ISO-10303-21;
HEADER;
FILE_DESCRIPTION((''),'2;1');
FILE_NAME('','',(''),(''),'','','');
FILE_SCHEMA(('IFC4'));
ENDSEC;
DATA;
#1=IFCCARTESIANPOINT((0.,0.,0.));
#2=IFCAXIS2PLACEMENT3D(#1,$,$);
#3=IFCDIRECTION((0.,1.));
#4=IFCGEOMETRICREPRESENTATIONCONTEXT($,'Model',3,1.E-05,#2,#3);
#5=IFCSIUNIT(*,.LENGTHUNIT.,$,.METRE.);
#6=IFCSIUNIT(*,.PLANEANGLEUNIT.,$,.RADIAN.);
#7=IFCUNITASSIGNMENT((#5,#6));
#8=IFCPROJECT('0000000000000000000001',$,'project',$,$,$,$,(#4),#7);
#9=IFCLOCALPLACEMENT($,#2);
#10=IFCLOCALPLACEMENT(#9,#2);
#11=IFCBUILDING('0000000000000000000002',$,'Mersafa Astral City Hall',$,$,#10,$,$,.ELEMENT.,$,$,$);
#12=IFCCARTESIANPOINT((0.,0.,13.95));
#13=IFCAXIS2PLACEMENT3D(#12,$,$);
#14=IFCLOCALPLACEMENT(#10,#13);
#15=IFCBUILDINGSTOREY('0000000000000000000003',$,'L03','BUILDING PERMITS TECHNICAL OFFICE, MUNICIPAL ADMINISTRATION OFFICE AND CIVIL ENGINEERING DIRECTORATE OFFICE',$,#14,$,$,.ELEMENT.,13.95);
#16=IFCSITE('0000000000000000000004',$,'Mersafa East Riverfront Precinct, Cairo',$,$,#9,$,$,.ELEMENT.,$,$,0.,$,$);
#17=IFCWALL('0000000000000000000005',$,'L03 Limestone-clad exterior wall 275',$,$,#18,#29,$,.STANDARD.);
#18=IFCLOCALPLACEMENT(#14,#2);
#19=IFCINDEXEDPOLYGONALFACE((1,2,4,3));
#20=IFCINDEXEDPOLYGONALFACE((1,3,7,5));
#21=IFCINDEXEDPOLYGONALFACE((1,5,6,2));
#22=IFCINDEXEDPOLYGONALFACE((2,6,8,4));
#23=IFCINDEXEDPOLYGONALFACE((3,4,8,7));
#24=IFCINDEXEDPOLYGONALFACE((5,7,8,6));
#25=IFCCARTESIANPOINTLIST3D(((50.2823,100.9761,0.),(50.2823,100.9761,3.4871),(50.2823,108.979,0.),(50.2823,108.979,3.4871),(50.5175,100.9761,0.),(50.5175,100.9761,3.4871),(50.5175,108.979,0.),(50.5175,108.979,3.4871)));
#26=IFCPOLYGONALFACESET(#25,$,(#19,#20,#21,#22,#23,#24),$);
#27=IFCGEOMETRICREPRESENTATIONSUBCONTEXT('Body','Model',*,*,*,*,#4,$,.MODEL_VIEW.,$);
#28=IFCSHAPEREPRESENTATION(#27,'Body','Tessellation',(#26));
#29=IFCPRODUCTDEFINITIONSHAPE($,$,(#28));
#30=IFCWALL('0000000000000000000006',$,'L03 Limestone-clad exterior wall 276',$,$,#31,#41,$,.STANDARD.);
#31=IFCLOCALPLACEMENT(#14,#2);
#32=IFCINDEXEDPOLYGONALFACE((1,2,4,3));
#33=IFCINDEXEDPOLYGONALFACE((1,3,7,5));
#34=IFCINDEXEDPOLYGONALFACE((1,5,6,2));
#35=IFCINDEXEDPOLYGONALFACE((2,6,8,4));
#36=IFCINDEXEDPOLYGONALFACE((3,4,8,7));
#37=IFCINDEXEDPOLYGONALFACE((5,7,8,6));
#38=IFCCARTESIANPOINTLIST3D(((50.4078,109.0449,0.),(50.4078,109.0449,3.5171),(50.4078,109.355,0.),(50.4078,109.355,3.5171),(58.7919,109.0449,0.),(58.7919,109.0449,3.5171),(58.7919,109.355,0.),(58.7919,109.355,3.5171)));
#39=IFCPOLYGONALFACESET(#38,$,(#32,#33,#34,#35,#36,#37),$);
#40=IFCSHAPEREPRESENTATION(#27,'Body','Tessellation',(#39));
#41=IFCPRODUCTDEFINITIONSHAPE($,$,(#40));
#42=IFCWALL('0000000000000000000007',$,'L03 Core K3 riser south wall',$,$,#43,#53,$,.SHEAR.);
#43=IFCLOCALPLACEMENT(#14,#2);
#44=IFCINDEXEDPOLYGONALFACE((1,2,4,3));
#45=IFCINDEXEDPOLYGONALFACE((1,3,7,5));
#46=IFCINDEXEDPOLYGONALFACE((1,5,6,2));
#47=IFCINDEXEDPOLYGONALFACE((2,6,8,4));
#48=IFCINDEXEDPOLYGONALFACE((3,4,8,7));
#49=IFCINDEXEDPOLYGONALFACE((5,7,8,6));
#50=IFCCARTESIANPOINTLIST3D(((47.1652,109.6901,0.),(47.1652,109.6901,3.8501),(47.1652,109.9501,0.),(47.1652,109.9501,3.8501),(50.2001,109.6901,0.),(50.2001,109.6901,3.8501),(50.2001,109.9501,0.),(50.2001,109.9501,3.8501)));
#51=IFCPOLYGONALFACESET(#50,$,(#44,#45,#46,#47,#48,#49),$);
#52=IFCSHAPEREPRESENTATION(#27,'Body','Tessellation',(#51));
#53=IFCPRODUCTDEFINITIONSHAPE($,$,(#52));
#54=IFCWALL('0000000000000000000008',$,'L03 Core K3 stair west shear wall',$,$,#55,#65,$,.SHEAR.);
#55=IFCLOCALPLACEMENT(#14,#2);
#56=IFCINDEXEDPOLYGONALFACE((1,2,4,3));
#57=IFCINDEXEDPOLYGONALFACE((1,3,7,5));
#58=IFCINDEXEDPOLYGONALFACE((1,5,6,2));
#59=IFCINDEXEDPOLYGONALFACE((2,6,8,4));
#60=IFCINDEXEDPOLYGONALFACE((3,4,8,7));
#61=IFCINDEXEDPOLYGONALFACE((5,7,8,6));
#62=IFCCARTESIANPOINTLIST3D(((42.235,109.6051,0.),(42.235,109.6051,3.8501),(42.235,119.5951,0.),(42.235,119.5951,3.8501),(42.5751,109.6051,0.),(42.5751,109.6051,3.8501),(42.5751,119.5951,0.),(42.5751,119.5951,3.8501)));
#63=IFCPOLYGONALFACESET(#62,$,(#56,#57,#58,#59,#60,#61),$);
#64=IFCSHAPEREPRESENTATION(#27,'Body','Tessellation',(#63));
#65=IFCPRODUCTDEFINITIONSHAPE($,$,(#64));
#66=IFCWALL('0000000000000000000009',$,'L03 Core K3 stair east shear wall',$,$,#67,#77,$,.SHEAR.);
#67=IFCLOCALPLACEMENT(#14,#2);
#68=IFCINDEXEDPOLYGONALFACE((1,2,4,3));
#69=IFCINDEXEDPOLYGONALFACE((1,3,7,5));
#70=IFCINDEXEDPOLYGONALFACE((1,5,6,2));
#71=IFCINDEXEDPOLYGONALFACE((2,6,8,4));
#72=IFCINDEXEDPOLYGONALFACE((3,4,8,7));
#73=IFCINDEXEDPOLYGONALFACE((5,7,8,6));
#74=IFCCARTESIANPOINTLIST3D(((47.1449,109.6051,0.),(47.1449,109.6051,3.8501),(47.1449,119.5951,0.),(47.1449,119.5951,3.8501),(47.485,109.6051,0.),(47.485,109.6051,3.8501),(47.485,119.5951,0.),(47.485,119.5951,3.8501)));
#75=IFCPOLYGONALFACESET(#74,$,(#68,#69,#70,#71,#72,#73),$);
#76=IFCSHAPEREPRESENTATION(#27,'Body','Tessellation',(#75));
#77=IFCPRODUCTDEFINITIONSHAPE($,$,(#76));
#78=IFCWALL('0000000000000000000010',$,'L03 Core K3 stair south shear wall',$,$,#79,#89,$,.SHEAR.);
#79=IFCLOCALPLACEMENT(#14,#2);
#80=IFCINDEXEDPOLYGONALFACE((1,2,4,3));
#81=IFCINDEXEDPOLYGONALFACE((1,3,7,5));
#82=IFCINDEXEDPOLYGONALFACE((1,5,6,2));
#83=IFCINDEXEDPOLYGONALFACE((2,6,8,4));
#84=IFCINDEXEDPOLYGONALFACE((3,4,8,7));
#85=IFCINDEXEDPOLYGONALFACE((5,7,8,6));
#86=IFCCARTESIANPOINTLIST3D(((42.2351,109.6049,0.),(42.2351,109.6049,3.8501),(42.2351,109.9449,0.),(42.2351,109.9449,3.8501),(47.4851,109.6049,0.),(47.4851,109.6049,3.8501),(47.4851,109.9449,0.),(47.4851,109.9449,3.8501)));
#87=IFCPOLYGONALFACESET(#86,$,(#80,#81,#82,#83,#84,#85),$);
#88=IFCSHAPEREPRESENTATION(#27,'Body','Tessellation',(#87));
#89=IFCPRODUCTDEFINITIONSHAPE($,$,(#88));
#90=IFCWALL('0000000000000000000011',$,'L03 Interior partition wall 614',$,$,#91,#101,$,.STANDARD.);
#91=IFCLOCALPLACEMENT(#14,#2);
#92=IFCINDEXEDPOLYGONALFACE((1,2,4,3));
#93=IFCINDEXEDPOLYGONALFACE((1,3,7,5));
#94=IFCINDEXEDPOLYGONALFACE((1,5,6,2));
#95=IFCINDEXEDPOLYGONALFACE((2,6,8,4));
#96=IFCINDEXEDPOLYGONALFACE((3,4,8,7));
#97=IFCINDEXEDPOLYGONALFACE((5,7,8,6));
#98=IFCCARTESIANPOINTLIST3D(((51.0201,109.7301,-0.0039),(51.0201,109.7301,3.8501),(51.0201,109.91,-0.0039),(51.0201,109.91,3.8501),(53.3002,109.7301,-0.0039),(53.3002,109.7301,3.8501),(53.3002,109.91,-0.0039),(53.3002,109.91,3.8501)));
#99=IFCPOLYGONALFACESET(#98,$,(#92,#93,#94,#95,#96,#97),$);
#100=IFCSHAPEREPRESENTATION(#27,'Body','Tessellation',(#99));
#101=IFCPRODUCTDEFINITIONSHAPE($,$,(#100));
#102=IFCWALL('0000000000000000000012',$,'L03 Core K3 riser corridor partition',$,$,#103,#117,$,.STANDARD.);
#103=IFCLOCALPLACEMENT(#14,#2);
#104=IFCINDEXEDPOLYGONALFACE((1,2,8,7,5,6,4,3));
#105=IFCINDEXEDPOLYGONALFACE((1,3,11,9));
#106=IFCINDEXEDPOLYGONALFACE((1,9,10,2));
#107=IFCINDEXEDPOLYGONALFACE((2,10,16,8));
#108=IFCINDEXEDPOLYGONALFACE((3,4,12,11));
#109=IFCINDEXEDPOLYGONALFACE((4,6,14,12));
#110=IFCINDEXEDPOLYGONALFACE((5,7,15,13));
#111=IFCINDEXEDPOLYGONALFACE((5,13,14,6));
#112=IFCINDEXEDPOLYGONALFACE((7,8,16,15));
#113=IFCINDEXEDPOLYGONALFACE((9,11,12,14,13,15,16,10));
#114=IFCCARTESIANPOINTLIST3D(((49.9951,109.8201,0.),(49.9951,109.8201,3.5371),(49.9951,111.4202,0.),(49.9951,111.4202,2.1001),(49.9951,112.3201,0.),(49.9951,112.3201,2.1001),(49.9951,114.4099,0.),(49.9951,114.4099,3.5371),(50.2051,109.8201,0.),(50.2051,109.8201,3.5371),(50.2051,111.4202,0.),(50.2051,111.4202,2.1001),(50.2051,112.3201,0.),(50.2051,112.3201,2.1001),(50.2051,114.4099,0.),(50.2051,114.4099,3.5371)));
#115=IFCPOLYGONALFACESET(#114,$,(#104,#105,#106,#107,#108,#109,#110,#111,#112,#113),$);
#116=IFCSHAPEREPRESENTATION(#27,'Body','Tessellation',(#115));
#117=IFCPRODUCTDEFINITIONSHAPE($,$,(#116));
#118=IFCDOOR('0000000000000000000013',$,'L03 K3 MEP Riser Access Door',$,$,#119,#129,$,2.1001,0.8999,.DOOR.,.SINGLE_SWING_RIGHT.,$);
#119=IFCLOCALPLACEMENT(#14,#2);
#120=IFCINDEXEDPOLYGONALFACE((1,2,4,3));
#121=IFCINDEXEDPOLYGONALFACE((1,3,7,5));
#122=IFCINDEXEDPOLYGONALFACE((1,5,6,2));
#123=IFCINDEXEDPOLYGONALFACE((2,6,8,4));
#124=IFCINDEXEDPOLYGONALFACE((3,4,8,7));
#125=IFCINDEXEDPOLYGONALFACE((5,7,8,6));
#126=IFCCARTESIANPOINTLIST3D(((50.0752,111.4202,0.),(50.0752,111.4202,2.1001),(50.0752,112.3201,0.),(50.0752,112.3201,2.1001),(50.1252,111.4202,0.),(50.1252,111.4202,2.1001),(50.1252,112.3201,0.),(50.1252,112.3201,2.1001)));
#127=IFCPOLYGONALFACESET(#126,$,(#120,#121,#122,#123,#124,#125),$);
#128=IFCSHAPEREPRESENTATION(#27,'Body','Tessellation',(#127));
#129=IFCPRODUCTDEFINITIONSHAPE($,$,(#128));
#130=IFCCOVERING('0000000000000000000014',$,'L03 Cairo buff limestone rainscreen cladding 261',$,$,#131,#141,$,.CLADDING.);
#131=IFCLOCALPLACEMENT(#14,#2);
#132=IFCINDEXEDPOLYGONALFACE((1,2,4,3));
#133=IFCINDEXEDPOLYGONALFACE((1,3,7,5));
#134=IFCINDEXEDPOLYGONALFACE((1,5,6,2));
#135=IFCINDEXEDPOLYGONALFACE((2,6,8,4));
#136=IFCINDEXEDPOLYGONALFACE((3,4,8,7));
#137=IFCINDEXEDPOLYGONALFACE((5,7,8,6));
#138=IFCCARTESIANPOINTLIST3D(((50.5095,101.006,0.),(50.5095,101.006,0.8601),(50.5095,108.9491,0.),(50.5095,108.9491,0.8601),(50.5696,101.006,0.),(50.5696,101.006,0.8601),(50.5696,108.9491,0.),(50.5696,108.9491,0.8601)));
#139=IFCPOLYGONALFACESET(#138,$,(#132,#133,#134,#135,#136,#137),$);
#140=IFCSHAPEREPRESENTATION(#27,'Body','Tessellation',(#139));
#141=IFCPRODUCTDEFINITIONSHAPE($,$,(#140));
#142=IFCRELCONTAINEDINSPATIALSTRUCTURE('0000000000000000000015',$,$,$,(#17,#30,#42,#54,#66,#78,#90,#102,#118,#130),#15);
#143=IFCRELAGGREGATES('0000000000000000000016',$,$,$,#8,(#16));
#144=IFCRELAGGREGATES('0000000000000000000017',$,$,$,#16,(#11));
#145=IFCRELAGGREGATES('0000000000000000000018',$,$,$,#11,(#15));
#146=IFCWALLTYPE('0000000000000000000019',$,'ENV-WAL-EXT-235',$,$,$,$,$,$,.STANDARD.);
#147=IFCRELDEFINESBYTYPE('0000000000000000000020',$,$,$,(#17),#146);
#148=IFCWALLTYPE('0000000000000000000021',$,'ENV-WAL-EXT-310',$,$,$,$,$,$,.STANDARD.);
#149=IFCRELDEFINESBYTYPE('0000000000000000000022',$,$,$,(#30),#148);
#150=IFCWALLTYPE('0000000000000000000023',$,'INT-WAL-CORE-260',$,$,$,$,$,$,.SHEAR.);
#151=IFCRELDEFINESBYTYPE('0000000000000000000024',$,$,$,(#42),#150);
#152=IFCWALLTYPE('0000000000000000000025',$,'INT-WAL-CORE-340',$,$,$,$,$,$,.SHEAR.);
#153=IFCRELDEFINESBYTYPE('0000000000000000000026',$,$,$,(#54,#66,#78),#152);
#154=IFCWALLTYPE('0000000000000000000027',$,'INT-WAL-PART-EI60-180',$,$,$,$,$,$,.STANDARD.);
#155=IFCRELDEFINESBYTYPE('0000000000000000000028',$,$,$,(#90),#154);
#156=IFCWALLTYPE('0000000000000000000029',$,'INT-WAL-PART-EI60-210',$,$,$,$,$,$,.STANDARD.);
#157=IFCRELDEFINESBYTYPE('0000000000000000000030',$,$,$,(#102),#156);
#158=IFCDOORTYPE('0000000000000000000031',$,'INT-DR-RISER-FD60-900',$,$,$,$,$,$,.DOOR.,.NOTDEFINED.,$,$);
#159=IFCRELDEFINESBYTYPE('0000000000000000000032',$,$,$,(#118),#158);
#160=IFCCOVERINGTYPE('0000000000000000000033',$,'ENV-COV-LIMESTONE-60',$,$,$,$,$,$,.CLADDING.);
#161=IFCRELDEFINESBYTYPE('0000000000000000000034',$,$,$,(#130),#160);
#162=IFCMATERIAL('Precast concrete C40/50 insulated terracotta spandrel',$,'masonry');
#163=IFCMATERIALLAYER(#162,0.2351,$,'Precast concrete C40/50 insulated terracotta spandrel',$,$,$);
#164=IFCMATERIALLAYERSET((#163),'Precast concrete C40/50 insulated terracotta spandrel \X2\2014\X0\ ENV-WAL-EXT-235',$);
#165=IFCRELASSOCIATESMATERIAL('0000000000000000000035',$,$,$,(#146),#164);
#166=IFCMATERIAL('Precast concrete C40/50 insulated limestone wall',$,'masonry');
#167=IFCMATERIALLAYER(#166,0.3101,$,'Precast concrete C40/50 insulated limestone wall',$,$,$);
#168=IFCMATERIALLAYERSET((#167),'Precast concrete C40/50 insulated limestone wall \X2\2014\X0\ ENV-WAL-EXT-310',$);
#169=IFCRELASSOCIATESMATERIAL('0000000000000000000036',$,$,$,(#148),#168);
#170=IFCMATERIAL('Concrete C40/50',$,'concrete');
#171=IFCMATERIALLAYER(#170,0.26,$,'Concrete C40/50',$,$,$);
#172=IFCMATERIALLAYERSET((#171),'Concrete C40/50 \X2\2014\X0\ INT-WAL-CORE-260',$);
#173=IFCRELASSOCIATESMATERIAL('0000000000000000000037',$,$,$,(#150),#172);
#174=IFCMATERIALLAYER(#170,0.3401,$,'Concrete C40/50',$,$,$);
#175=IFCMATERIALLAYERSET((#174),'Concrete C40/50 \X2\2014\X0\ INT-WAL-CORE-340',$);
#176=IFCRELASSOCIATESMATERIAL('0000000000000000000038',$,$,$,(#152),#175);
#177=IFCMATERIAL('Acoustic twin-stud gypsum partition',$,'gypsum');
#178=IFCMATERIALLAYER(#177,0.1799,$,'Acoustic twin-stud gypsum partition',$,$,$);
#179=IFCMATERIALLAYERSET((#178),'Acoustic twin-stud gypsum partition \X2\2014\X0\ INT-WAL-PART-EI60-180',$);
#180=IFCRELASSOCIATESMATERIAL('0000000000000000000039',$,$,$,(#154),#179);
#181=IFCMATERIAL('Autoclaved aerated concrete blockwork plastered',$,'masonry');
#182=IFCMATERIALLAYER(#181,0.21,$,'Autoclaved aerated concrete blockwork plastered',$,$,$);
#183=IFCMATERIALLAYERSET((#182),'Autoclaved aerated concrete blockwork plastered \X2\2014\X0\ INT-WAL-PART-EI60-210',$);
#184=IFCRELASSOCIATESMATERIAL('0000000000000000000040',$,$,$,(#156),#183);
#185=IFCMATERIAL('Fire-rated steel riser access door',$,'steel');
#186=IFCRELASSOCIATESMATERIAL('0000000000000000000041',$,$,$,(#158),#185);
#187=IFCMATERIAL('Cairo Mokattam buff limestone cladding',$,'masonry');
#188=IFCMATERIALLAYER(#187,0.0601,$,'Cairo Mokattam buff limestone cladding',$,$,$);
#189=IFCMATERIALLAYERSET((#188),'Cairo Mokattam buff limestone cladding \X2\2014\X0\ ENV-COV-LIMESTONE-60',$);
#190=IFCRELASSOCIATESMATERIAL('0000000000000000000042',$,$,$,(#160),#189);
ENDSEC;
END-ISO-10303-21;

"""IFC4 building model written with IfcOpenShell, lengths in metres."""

from ifc_helpers import new_model, si_unit, direction, frame, frame_2d, origin, origin_2d, place, context, subcontext, project, spatial, rectangle, extrude, material, layer, layer_set, type_object, element, fill, save


model = new_model("IFC4")

# Units and contexts
model_context = context("Model", 3, precision=1e-05, world=origin(), true_north=direction((0.0, 1.0)))
body_context = subcontext(model_context, "Body", "Model", "MODEL_VIEW")
ifc_project = project(units=[si_unit("LENGTHUNIT", "METRE"), si_unit("PLANEANGLEUNIT", "RADIAN")], contexts=[model_context])

# Site, building, storey
site_placement = place(None, origin())
site = spatial("IfcSite", under=ifc_project, at=site_placement, Name="Mersafa East Riverfront Precinct, Cairo", CompositionType="ELEMENT", RefElevation=0.0)
building_placement = place(site_placement, origin())
building = spatial("IfcBuilding", under=site, at=building_placement, Name="Mersafa Astral City Hall", CompositionType="ELEMENT")
storey_placement = place(building_placement, frame((0.0, 0.0, 13.95)))
storey = spatial("IfcBuildingStorey", under=building, at=storey_placement, Name="L03", Description="BUILDING PERMITS TECHNICAL OFFICE, MUNICIPAL ADMINISTRATION OFFICE AND CIVIL ENGINEERING DIRECTORATE OFFICE", CompositionType="ELEMENT", Elevation=13.95)

# Walls
ifc_material_1 = material(Name="Precast concrete C40/50 insulated terracotta spandrel", Category="masonry")
ifc_layer_1 = layer(ifc_material_1, 0.2351, Name="Precast concrete C40/50 insulated terracotta spandrel")
ifc_layer_set_1 = layer_set([ifc_layer_1], Name="Precast concrete C40/50 insulated terracotta spandrel — ENV-WAL-EXT-235")
wall_type_1 = type_object("IfcWallType", Name="ENV-WAL-EXT-235", PredefinedType="STANDARD", material=ifc_layer_set_1)
wall_1_placement = place(storey_placement, frame((50.3999, 100.9761, 0.0), z_axis=(0.0, 0.0, 1.0), x_axis=(0.0, 1.0, 0.0)))
element("IfcWall", 1, at=wall_1_placement, inside=storey, type_object=wall_type_1, Name="L03 Limestone-clad exterior wall 275", PredefinedType="STANDARD", context=body_context, shape_type="SweptSolid", body=[
    extrude(rectangle(XDim=8.0029, YDim=0.2351, at=frame_2d((4.0015, 0.0))), origin(), (0.0, 0.0, 1.0), 3.4871),
])
ifc_material_2 = material(Name="Precast concrete C40/50 insulated limestone wall", Category="masonry")
ifc_layer_2 = layer(ifc_material_2, 0.3101, Name="Precast concrete C40/50 insulated limestone wall")
ifc_layer_set_2 = layer_set([ifc_layer_2], Name="Precast concrete C40/50 insulated limestone wall — ENV-WAL-EXT-310")
wall_type_2 = type_object("IfcWallType", Name="ENV-WAL-EXT-310", PredefinedType="STANDARD", material=ifc_layer_set_2)
wall_2_placement = place(storey_placement, frame((50.408, 109.2, 0.0), z_axis=(0.0, 0.0, 1.0), x_axis=(1.0, 0.0, 0.0)))
element("IfcWall", 2, at=wall_2_placement, inside=storey, type_object=wall_type_2, Name="L03 Limestone-clad exterior wall 276", PredefinedType="STANDARD", context=body_context, shape_type="SweptSolid", body=[
    extrude(rectangle(XDim=8.384, YDim=0.3101, at=frame_2d((4.1919, 0.0))), origin(), (0.0, 0.0, 1.0), 3.5171),
])
ifc_material_3 = material(Name="Concrete C40/50", Category="concrete")
ifc_layer_3 = layer(ifc_material_3, 0.26, Name="Concrete C40/50")
ifc_layer_set_3 = layer_set([ifc_layer_3], Name="Concrete C40/50 — INT-WAL-CORE-260")
wall_type_3 = type_object("IfcWallType", Name="INT-WAL-CORE-260", PredefinedType="SHEAR", material=ifc_layer_set_3)
wall_3_placement = place(storey_placement, frame((47.165, 109.8201, 0.0), z_axis=(0.0, 0.0, 1.0), x_axis=(1.0, 0.0, 0.0)))
element("IfcWall", 3, at=wall_3_placement, inside=storey, type_object=wall_type_3, Name="L03 Core K3 riser south wall", PredefinedType="SHEAR", context=body_context, shape_type="SweptSolid", body=[
    extrude(rectangle(XDim=3.0349, YDim=0.26, at=frame_2d((1.5176, 0.0))), origin(), (0.0, 0.0, 1.0), 3.8501),
])
ifc_layer_4 = layer(ifc_material_3, 0.3401, Name="Concrete C40/50")
ifc_layer_set_4 = layer_set([ifc_layer_4], Name="Concrete C40/50 — INT-WAL-CORE-340")
wall_type_4 = type_object("IfcWallType", Name="INT-WAL-CORE-340", PredefinedType="SHEAR", material=ifc_layer_set_4)
for number, where, z_axis, x_axis, name in (
    (4, (42.405, 109.605, 0.0), (0.0, 0.0, 1.0), (0.0, 1.0, 0.0), "L03 Core K3 stair west shear wall"),
    (5, (47.3149, 109.605, 0.0), (0.0, 0.0, 1.0), (0.0, 1.0, 0.0), "L03 Core K3 stair east shear wall"),
):
    element("IfcWall", number, at=place(storey_placement, frame(where, z_axis=z_axis, x_axis=x_axis)), inside=storey, type_object=wall_type_4, Name=name, PredefinedType="SHEAR", context=body_context, shape_type="SweptSolid", body=[
        extrude(rectangle(XDim=9.99, YDim=0.3401, at=frame_2d((4.9951, 0.0))), origin(), (0.0, 0.0, 1.0), 3.8501),
    ])
wall_4_placement = place(storey_placement, frame((42.2351, 109.7749, 0.0), z_axis=(0.0, 0.0, 1.0), x_axis=(1.0, 0.0, 0.0)))
element("IfcWall", 6, at=wall_4_placement, inside=storey, type_object=wall_type_4, Name="L03 Core K3 stair south shear wall", PredefinedType="SHEAR", context=body_context, shape_type="SweptSolid", body=[
    extrude(rectangle(XDim=5.25, YDim=0.3401, at=frame_2d((2.625, 0.0))), origin(), (0.0, 0.0, 1.0), 3.8501),
])
ifc_material_4 = material(Name="Acoustic twin-stud gypsum partition", Category="gypsum")
ifc_layer_5 = layer(ifc_material_4, 0.1799, Name="Acoustic twin-stud gypsum partition")
ifc_layer_set_5 = layer_set([ifc_layer_5], Name="Acoustic twin-stud gypsum partition — INT-WAL-PART-EI60-180")
wall_type_5 = type_object("IfcWallType", Name="INT-WAL-PART-EI60-180", PredefinedType="STANDARD", material=ifc_layer_set_5)
wall_5_placement = place(storey_placement, frame((51.02, 109.8201, -0.0039), z_axis=(0.0, 0.0, 1.0), x_axis=(1.0, 0.0, 0.0)))
element("IfcWall", 7, at=wall_5_placement, inside=storey, type_object=wall_type_5, Name="L03 Interior partition wall 614", PredefinedType="STANDARD", context=body_context, shape_type="SweptSolid", body=[
    extrude(rectangle(XDim=2.28, YDim=0.1799, at=frame_2d((1.1401, 0.0))), origin(), (0.0, 0.0, 1.0), 3.854),
])

# Wall, opening, door
ifc_material_5 = material(Name="Autoclaved aerated concrete blockwork plastered", Category="masonry")
ifc_layer_6 = layer(ifc_material_5, 0.21, Name="Autoclaved aerated concrete blockwork plastered")
ifc_layer_set_6 = layer_set([ifc_layer_6], Name="Autoclaved aerated concrete blockwork plastered — INT-WAL-PART-EI60-210")
wall_type_6 = type_object("IfcWallType", Name="INT-WAL-PART-EI60-210", PredefinedType="STANDARD", material=ifc_layer_set_6)
wall_6_placement = place(storey_placement, frame((50.1001, 109.8201, 0.0), z_axis=(0.0, 0.0, 1.0), x_axis=(0.0, 1.0, 0.0)))
wall_6 = element("IfcWall", 8, at=wall_6_placement, inside=storey, type_object=wall_type_6, Name="L03 Core K3 riser corridor partition", PredefinedType="STANDARD", context=body_context, shape_type="SweptSolid", body=[
    extrude(rectangle(XDim=4.5898, YDim=0.21, at=frame_2d((2.2949, 0.0))), origin(), (0.0, 0.0, 1.0), 3.5371),
])
opening_placement = place(wall_6_placement, frame((1.6001, 0.0, 0.0)))
opening = element("IfcOpeningElement", 9, at=opening_placement, cuts=wall_6, PredefinedType="OPENING", context=body_context, shape_type="SweptSolid", body=[
    extrude(rectangle(XDim=0.8999, YDim=2.1001, at=frame_2d((0.45, 1.05))), frame((0.0, 0.115, 0.0), z_axis=(0.0, -1.0, 0.0), x_axis=(1.0, 0.0, 0.0)), (0.0, 0.0, 1.0), 0.23),
])
ifc_material_6 = material(Name="Fire-rated steel riser access door", Category="steel")
door_type = type_object("IfcDoorType", Name="INT-DR-RISER-FD60-900", OperationType="NOTDEFINED", PredefinedType="DOOR", material=ifc_material_6)
door_placement = place(opening_placement, origin())
door = element("IfcDoor", 10, at=door_placement, inside=storey, type_object=door_type, Name="L03 K3 MEP Riser Access Door", OperationType="SINGLE_SWING_RIGHT", OverallHeight=2.1001, OverallWidth=0.8999, PredefinedType="DOOR", context=body_context, shape_type="SweptSolid", body=[
    extrude(rectangle(XDim=0.8999, YDim=2.1001, at=frame_2d((0.45, 1.05))), frame((0.0, 0.0249, 0.0), z_axis=(0.0, -1.0, 0.0), x_axis=(1.0, 0.0, 0.0)), (0.0, 0.0, 1.0), 0.05),
])
fill(opening, door)

# Covering
ifc_material_7 = material(Name="Cairo Mokattam buff limestone cladding", Category="masonry")
ifc_layer_7 = layer(ifc_material_7, 0.0601, Name="Cairo Mokattam buff limestone cladding")
ifc_layer_set_7 = layer_set([ifc_layer_7], Name="Cairo Mokattam buff limestone cladding — ENV-COV-LIMESTONE-60")
covering_type = type_object("IfcCoveringType", Name="ENV-COV-LIMESTONE-60", PredefinedType="CLADDING", material=ifc_layer_set_7)
covering_placement = place(storey_placement, frame((50.5396, 104.9775, 0.0), z_axis=(0.0, 0.0, 1.0), x_axis=(0.0, 1.0, 0.0)))
element("IfcCovering", 11, at=covering_placement, inside=storey, type_object=covering_type, Name="L03 Cairo buff limestone rainscreen cladding 261", PredefinedType="CLADDING", context=body_context, shape_type="SweptSolid", body=[
    extrude(rectangle(XDim=7.9431, YDim=0.0601, at=origin_2d()), origin(), (0.0, 0.0, 1.0), 0.8601),
])

save(model, "model.ifc")
